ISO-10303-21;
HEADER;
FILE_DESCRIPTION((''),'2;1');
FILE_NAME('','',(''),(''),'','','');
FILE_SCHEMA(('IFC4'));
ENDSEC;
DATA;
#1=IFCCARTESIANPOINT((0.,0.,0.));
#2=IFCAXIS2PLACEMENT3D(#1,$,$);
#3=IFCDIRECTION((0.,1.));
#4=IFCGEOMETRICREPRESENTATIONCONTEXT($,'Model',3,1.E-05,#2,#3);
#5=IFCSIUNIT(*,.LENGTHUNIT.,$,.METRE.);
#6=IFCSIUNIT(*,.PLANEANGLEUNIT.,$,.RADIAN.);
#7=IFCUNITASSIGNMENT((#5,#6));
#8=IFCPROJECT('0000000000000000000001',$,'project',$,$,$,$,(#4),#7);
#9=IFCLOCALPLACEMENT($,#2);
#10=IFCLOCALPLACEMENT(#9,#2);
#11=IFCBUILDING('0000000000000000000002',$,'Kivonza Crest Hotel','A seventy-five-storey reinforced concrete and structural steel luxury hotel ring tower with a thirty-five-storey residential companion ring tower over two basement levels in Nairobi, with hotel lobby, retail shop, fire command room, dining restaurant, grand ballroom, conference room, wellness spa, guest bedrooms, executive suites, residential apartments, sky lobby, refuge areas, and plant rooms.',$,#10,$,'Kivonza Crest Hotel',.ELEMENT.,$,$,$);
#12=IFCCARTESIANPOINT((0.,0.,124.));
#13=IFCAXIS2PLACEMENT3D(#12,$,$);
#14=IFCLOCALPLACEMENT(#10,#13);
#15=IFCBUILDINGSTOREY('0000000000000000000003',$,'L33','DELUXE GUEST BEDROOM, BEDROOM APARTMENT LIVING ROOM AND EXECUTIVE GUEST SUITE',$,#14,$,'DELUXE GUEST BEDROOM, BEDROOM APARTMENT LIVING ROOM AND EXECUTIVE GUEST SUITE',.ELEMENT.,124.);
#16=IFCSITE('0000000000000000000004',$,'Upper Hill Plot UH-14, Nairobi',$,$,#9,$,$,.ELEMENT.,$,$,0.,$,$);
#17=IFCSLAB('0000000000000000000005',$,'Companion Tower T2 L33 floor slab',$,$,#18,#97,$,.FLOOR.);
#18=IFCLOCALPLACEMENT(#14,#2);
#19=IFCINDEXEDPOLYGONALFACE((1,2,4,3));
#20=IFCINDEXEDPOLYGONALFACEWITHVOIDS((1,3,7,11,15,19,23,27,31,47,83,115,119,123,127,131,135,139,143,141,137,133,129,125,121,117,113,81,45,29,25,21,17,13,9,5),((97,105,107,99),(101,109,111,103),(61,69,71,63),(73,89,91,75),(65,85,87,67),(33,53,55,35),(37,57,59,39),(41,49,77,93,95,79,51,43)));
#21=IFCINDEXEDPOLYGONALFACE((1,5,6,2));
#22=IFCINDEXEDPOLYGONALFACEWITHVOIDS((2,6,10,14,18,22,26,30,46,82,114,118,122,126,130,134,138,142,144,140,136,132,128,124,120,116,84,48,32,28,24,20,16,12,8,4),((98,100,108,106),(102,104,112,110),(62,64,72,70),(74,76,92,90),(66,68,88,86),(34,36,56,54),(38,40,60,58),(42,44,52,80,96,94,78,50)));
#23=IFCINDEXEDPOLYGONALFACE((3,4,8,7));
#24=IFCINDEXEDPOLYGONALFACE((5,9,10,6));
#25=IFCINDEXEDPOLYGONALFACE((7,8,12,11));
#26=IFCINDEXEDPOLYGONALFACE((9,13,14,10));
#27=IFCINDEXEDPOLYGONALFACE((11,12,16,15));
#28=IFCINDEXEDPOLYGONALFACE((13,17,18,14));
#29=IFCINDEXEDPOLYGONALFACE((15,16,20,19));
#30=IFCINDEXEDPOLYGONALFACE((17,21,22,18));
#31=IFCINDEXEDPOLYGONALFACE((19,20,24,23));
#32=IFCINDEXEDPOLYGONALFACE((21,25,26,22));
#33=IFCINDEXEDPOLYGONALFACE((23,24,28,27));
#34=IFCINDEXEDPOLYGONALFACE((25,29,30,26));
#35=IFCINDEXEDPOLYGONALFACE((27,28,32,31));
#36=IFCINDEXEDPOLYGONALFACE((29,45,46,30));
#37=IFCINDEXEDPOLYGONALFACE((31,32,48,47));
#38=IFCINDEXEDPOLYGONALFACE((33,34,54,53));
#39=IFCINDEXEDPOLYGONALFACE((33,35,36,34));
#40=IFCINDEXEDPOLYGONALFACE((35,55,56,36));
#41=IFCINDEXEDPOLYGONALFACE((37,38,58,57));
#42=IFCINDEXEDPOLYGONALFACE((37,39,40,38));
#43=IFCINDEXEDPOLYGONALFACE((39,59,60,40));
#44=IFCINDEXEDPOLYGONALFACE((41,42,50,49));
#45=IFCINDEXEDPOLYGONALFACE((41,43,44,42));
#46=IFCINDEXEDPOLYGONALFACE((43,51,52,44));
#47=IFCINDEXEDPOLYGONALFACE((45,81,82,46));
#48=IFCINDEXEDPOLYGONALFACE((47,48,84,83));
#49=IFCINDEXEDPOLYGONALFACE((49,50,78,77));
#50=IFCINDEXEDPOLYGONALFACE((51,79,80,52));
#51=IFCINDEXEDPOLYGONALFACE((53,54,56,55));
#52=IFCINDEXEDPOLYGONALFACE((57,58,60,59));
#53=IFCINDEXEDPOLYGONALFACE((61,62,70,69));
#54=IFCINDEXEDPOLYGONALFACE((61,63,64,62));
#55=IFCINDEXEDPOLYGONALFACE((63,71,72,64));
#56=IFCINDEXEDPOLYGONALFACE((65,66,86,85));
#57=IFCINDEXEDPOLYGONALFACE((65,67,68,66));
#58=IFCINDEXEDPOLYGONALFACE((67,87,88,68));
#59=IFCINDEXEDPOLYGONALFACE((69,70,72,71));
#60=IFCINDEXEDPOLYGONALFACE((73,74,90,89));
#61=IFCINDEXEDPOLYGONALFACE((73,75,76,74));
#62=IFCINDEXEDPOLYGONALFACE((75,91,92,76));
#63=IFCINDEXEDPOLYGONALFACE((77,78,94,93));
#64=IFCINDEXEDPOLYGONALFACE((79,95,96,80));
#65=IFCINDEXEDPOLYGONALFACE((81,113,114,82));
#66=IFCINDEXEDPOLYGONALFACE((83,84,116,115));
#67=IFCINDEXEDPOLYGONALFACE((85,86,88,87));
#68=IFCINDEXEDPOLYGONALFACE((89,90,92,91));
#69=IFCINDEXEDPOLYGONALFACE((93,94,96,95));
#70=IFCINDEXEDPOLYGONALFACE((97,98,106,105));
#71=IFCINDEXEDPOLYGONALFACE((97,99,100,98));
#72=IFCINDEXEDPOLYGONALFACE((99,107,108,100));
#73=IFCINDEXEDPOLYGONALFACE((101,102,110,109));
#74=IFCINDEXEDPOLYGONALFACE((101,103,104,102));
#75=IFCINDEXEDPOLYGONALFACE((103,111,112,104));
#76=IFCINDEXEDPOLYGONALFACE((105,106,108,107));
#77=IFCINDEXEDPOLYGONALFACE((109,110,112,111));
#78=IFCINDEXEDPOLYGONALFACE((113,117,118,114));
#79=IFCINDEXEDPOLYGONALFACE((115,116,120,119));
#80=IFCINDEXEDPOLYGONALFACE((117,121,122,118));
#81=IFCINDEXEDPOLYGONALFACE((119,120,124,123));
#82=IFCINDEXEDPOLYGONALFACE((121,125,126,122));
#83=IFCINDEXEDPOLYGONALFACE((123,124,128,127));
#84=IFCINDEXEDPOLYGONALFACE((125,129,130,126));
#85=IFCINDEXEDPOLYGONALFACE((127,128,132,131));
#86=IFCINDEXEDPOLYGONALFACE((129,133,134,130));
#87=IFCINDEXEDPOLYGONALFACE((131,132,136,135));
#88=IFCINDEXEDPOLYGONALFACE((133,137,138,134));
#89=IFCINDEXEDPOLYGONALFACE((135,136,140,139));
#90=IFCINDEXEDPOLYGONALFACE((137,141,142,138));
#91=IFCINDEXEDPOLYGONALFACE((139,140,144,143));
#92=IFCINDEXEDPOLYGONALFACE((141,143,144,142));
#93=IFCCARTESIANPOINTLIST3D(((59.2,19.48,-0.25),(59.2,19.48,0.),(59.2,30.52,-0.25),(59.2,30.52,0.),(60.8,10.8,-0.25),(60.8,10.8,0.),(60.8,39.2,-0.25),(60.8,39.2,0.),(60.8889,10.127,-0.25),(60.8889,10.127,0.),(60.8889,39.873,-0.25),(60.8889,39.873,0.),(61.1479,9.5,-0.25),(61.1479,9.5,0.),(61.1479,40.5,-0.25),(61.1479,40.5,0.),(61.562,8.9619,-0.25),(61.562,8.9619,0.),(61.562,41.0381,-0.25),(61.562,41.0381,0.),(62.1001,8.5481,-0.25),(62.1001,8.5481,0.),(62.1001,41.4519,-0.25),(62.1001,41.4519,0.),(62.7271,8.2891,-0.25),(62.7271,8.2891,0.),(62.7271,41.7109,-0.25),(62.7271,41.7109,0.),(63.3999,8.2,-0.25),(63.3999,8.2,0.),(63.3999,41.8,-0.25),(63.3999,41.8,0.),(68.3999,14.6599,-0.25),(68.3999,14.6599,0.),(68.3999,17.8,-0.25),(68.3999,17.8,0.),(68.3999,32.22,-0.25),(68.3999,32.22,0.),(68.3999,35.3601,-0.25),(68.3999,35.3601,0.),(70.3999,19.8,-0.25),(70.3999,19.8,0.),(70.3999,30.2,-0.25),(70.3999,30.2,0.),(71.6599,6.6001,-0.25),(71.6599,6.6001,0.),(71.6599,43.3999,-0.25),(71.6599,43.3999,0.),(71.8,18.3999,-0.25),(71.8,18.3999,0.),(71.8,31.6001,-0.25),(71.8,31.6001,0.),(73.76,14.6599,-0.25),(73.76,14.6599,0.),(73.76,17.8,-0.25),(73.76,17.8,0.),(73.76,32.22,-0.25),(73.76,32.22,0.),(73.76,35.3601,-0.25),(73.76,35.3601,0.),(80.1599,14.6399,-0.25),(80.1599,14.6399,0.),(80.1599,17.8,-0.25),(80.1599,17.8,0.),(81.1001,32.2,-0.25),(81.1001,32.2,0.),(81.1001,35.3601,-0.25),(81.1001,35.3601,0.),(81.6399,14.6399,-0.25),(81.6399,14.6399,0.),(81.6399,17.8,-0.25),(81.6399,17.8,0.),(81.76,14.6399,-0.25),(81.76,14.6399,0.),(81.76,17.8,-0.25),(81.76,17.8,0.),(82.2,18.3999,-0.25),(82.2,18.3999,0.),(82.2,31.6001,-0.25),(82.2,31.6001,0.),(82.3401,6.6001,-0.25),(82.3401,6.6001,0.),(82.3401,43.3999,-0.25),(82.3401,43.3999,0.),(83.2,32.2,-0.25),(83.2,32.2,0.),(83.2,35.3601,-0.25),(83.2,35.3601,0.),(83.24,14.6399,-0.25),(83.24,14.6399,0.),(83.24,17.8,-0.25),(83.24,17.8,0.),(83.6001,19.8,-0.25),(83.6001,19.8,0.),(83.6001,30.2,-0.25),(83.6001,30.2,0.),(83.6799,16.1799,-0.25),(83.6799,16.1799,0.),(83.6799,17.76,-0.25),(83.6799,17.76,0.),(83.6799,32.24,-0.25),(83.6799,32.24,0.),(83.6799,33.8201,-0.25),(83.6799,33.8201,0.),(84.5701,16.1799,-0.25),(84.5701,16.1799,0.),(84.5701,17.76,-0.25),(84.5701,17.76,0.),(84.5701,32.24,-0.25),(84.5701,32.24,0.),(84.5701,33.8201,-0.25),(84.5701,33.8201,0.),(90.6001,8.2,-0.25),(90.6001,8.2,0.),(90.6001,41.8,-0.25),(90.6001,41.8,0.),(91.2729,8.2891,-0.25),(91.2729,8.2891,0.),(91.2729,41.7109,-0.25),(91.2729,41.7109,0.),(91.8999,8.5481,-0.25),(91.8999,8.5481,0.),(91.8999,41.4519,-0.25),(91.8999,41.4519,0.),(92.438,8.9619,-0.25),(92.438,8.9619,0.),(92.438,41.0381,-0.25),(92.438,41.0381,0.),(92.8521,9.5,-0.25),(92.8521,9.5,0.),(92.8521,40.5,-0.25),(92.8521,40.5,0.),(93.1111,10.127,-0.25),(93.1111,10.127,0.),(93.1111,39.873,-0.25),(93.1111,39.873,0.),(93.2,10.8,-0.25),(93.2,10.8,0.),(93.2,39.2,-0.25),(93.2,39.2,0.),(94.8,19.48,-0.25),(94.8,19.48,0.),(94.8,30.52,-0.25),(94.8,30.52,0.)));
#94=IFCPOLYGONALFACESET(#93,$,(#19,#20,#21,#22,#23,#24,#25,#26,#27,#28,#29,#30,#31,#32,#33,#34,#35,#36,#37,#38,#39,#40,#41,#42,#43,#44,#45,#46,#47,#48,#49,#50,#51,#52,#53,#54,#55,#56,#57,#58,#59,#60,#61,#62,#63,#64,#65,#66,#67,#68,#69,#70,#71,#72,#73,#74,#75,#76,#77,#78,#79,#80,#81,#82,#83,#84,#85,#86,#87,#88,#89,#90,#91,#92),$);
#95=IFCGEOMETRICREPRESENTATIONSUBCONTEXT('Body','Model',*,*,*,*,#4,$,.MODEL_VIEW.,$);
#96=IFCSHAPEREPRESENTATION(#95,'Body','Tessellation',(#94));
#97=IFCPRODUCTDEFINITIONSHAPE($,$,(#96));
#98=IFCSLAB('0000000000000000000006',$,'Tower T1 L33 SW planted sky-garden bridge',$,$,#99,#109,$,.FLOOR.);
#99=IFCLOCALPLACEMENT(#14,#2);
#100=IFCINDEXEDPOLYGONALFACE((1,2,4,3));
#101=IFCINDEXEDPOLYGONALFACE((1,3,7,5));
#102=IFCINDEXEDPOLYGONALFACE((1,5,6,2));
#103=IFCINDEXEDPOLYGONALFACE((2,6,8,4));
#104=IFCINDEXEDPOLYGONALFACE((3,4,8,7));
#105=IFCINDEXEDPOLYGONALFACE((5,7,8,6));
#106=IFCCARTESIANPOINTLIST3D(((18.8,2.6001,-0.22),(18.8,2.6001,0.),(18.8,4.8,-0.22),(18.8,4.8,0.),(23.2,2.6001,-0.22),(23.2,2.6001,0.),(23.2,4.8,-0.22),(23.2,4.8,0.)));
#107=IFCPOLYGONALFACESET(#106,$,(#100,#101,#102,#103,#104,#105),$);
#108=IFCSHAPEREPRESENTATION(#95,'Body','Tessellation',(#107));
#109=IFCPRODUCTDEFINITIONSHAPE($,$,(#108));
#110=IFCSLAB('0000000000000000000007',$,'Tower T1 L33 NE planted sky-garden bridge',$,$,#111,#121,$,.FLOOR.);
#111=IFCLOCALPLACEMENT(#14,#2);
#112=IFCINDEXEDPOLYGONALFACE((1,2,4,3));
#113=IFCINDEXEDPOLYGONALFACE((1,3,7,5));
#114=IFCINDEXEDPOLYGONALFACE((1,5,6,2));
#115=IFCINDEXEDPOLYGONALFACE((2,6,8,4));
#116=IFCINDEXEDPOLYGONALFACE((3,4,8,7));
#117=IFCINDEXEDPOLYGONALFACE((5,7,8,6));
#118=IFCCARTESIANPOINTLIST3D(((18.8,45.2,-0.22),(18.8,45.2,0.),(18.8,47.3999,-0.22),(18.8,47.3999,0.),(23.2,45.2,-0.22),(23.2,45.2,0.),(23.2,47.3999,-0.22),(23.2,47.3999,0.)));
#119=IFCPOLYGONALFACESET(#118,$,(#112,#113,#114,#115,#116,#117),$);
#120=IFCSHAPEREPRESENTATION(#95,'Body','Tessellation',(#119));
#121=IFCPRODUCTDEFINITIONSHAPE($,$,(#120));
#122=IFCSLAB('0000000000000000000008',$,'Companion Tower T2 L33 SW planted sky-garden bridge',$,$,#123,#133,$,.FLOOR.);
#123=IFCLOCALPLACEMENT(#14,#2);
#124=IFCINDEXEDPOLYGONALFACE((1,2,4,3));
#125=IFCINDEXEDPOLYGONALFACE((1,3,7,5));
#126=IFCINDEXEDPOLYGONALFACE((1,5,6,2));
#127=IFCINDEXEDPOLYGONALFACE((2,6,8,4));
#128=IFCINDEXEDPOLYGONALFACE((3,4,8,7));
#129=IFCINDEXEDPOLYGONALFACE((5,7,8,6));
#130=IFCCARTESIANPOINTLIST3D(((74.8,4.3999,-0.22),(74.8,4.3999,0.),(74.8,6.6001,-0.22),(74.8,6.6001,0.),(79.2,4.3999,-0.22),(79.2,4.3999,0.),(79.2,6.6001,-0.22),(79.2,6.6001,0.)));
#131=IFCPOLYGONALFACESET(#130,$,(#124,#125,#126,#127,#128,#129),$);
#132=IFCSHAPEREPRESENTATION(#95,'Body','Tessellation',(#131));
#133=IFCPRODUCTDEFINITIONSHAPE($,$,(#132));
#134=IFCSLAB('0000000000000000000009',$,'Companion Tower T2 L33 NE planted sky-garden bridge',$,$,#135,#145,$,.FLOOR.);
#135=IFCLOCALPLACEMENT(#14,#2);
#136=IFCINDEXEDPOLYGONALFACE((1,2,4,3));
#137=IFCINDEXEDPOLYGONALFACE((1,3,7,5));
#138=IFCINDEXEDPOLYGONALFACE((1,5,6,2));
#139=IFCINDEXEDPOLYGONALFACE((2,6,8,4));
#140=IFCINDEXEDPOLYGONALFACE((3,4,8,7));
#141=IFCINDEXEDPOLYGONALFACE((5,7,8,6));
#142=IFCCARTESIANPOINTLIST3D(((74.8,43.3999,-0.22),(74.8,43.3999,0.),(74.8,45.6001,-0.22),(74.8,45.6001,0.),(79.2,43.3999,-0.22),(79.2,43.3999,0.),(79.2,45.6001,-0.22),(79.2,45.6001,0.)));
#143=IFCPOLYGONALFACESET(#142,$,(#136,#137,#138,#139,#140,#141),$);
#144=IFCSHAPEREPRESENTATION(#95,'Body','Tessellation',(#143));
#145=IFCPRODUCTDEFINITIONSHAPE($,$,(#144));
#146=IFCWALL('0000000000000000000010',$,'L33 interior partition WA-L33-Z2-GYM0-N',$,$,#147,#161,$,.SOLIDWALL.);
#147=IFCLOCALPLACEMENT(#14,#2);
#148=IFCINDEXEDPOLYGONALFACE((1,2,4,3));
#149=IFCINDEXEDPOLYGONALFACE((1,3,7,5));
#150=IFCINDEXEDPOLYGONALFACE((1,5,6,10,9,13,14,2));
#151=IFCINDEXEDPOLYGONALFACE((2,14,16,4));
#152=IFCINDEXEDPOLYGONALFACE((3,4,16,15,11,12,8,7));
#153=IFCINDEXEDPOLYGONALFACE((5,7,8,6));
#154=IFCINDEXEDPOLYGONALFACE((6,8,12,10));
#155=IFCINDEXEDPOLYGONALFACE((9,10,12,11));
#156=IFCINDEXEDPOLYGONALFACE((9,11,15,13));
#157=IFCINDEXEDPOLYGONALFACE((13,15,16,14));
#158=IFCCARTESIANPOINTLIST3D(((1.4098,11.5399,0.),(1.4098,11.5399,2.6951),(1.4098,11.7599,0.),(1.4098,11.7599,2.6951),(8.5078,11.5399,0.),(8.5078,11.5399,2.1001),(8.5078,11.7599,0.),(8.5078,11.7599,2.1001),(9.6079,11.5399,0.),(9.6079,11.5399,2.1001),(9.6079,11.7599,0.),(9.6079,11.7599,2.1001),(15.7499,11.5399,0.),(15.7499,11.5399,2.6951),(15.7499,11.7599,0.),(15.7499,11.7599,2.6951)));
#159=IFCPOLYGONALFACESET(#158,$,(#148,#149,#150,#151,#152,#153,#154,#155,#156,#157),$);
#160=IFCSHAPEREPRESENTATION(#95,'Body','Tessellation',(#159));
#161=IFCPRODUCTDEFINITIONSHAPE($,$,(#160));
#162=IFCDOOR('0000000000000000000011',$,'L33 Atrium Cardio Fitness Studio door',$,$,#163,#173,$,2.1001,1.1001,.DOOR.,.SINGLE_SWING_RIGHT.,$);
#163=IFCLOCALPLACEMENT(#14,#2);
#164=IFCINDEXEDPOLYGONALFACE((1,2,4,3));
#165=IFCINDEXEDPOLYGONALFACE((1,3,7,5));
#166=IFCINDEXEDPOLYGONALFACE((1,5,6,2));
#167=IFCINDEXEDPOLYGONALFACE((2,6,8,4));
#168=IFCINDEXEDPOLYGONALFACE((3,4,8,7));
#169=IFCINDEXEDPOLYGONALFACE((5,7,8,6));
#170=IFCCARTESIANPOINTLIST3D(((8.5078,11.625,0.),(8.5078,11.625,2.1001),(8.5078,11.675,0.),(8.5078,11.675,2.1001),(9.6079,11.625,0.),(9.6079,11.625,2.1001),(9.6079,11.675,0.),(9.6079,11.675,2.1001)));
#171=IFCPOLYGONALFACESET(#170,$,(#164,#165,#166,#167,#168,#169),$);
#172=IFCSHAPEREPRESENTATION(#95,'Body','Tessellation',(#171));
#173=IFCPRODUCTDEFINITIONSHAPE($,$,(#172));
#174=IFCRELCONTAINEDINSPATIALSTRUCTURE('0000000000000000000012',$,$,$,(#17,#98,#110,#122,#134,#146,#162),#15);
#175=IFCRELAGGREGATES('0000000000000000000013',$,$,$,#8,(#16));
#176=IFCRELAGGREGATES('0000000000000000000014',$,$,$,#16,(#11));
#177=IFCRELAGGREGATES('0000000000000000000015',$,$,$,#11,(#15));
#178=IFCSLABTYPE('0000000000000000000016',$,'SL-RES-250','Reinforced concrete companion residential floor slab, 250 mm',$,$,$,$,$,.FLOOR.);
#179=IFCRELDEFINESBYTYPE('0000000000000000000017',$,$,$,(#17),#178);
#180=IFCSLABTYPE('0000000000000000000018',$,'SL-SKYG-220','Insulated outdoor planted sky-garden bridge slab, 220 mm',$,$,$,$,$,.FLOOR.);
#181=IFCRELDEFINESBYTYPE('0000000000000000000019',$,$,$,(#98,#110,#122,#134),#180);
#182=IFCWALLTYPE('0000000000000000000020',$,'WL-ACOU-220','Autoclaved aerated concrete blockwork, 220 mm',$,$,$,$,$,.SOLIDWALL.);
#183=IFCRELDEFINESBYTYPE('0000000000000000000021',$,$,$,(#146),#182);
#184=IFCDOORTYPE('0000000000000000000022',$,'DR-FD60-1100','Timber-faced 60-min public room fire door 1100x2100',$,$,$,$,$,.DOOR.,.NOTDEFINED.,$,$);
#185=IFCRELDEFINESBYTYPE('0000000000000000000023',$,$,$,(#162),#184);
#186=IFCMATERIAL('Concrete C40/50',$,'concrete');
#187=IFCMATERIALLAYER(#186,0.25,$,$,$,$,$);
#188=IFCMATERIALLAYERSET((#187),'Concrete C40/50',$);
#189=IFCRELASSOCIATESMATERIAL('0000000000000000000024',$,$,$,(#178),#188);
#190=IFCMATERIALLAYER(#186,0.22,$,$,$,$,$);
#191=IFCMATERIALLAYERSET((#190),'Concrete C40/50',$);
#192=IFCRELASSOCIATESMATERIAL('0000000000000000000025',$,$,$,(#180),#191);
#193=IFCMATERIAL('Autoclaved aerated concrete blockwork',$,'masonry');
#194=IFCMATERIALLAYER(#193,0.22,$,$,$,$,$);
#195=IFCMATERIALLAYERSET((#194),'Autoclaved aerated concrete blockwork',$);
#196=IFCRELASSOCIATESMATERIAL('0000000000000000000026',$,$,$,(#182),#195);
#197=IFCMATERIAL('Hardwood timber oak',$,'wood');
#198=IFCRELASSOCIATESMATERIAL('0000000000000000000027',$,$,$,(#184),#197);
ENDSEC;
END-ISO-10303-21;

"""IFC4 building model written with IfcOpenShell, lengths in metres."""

from ifc_helpers import new_model, si_unit, direction, frame, frame_2d, origin, place, context, subcontext, project, spatial, polyline, rectangle, outline, extrude, material, layer, layer_set, type_object, element, fill, save


model = new_model("IFC4")

# Units and contexts
model_context = context("Model", 3, precision=1e-05, world=origin(), true_north=direction((0.0, 1.0)))
body_context = subcontext(model_context, "Body", "Model", "MODEL_VIEW")
ifc_project = project(units=[si_unit("LENGTHUNIT", "METRE"), si_unit("PLANEANGLEUNIT", "RADIAN")], contexts=[model_context])

# Site, building, storey
site_placement = place(None, origin())
site = spatial("IfcSite", under=ifc_project, at=site_placement, Name="Upper Hill Plot UH-14, Nairobi", CompositionType="ELEMENT", RefElevation=0.0)
building_placement = place(site_placement, origin())
building = spatial("IfcBuilding", under=site, at=building_placement, Name="Kivonza Crest Hotel", Description="A seventy-five-storey reinforced concrete and structural steel luxury hotel ring tower with a thirty-five-storey residential companion ring tower over two basement levels in Nairobi, with hotel lobby, retail shop, fire command room, dining restaurant, grand ballroom, conference room, wellness spa, guest bedrooms, executive suites, residential apartments, sky lobby, refuge areas, and plant rooms.", LongName="Kivonza Crest Hotel", CompositionType="ELEMENT")
storey_placement = place(building_placement, frame((0.0, 0.0, 124.0)))
storey = spatial("IfcBuildingStorey", under=building, at=storey_placement, Name="L33", Description="DELUXE GUEST BEDROOM, BEDROOM APARTMENT LIVING ROOM AND EXECUTIVE GUEST SUITE", LongName="DELUXE GUEST BEDROOM, BEDROOM APARTMENT LIVING ROOM AND EXECUTIVE GUEST SUITE", CompositionType="ELEMENT", Elevation=124.0)

# Shared definitions
ifc_material_1 = material(Name="Concrete C40/50", Category="concrete")

# Slabs
ifc_layer_1 = layer(ifc_material_1, 0.25)
ifc_layer_set_1 = layer_set([ifc_layer_1], Name="Concrete C40/50")
slab_type_1 = type_object("IfcSlabType", Name="SL-RES-250", Description="Reinforced concrete companion residential floor slab, 250 mm", PredefinedType="FLOOR", material=ifc_layer_set_1)
slab_1_placement = place(storey_placement, frame((0.0, 0.0, -0.25)))
element("IfcSlab", 1, at=slab_1_placement, inside=storey, type_object=slab_type_1, Name="Companion Tower T2 L33 floor slab", PredefinedType="FLOOR", context=body_context, shape_type="SweptSolid", body=[
    extrude(outline(polyline([(60.8, 10.8), (60.8889, 10.127), (61.1479, 9.5), (61.562, 8.9619), (62.1001, 8.5481), (62.7271, 8.2891), (63.3999, 8.2), (71.6599, 6.6001), (82.3401, 6.6001), (90.6001, 8.2), (91.2729, 8.2891), (91.8999, 8.5481), (92.438, 8.9619), (92.8521, 9.5), (93.1111, 10.127), (93.2, 10.8), (94.8, 19.48), (94.8, 30.52), (93.2, 39.2), (93.1111, 39.873), (92.8521, 40.5), (92.438, 41.0381), (91.8999, 41.4519), (91.2729, 41.7109), (90.6001, 41.8), (82.3401, 43.3999), (71.6599, 43.3999), (63.3999, 41.8), (62.7271, 41.7109), (62.1001, 41.4519), (61.562, 41.0381), (61.1479, 40.5), (60.8889, 39.873), (60.8, 39.2), (59.2, 30.52), (59.2, 19.48), (60.8, 10.8)]), holes=[polyline([(71.8, 18.3999), (82.2, 18.3999), (83.6001, 19.8), (83.6001, 30.2), (82.2, 31.6001), (71.8, 31.6001), (70.3999, 30.2), (70.3999, 19.8), (71.8, 18.3999)]), polyline([(68.3999, 32.22), (73.76, 32.22), (73.76, 35.3601), (68.3999, 35.3601), (68.3999, 32.22)]), polyline([(68.3999, 14.6599), (73.76, 14.6599), (73.76, 17.8), (68.3999, 17.8), (68.3999, 14.6599)]), polyline([(83.6799, 32.24), (84.5701, 32.24), (84.5701, 33.8201), (83.6799, 33.8201), (83.6799, 32.24)]), polyline([(83.6799, 16.1799), (84.5701, 16.1799), (84.5701, 17.76), (83.6799, 17.76), (83.6799, 16.1799)]), polyline([(81.1001, 32.2), (83.2, 32.2), (83.2, 35.3601), (81.1001, 35.3601), (81.1001, 32.2)]), polyline([(80.1599, 14.6399), (81.6399, 14.6399), (81.6399, 17.8), (80.1599, 17.8), (80.1599, 14.6399)]), polyline([(81.76, 14.6399), (83.24, 14.6399), (83.24, 17.8), (81.76, 17.8), (81.76, 14.6399)])]), origin(), (0.0, 0.0, 1.0), 0.25),
])
ifc_layer_2 = layer(ifc_material_1, 0.22)
ifc_layer_set_2 = layer_set([ifc_layer_2], Name="Concrete C40/50")
slab_type_2 = type_object("IfcSlabType", Name="SL-SKYG-220", Description="Insulated outdoor planted sky-garden bridge slab, 220 mm", PredefinedType="FLOOR", material=ifc_layer_set_2)
slab_2_placement = place(storey_placement, frame((0.0, 0.0, -0.22)))
element("IfcSlab", 2, at=slab_2_placement, inside=storey, type_object=slab_type_2, Name="Tower T1 L33 SW planted sky-garden bridge", PredefinedType="FLOOR", context=body_context, shape_type="SweptSolid", body=[
    extrude(outline(polyline([(18.8, 2.6001), (23.2, 2.6001), (23.2, 4.8), (18.8, 4.8), (18.8, 2.6001)])), origin(), (0.0, 0.0, 1.0), 0.22),
])
slab_3_placement = place(storey_placement, frame((0.0, 0.0, -0.22)))
element("IfcSlab", 3, at=slab_3_placement, inside=storey, type_object=slab_type_2, Name="Tower T1 L33 NE planted sky-garden bridge", PredefinedType="FLOOR", context=body_context, shape_type="SweptSolid", body=[
    extrude(outline(polyline([(18.8, 45.2), (23.2, 45.2), (23.2, 47.3999), (18.8, 47.3999), (18.8, 45.2)])), origin(), (0.0, 0.0, 1.0), 0.22),
])
slab_4_placement = place(storey_placement, frame((0.0, 0.0, -0.22)))
element("IfcSlab", 4, at=slab_4_placement, inside=storey, type_object=slab_type_2, Name="Companion Tower T2 L33 SW planted sky-garden bridge", PredefinedType="FLOOR", context=body_context, shape_type="SweptSolid", body=[
    extrude(outline(polyline([(74.8, 4.3999), (79.2, 4.3999), (79.2, 6.6001), (74.8, 6.6001), (74.8, 4.3999)])), origin(), (0.0, 0.0, 1.0), 0.22),
])
slab_5_placement = place(storey_placement, frame((0.0, 0.0, -0.22)))
element("IfcSlab", 5, at=slab_5_placement, inside=storey, type_object=slab_type_2, Name="Companion Tower T2 L33 NE planted sky-garden bridge", PredefinedType="FLOOR", context=body_context, shape_type="SweptSolid", body=[
    extrude(outline(polyline([(74.8, 43.3999), (79.2, 43.3999), (79.2, 45.6001), (74.8, 45.6001), (74.8, 43.3999)])), origin(), (0.0, 0.0, 1.0), 0.22),
])

# Wall, opening, door
ifc_material_2 = material(Name="Autoclaved aerated concrete blockwork", Category="masonry")
ifc_layer_3 = layer(ifc_material_2, 0.22)
ifc_layer_set_3 = layer_set([ifc_layer_3], Name="Autoclaved aerated concrete blockwork")
wall_type_1 = type_object("IfcWallType", Name="WL-ACOU-220", Description="Autoclaved aerated concrete blockwork, 220 mm", PredefinedType="SOLIDWALL", material=ifc_layer_set_3)
wall_1_placement = place(storey_placement, frame((1.4099, 11.6499, 0.0), z_axis=(0.0, 0.0, 1.0), x_axis=(1.0, 0.0, 0.0)))
wall_1 = element("IfcWall", 6, at=wall_1_placement, inside=storey, type_object=wall_type_1, Name="L33 interior partition WA-L33-Z2-GYM0-N", PredefinedType="SOLIDWALL", context=body_context, shape_type="SweptSolid", body=[
    extrude(rectangle(XDim=14.3401, YDim=0.22, at=frame_2d((7.1699, 0.0))), origin(), (0.0, 0.0, 1.0), 2.6951),
])
opening_placement = place(wall_1_placement, frame((7.0979, 0.0, 0.0)))
opening = element("IfcOpeningElement", 7, at=opening_placement, cuts=wall_1, PredefinedType="OPENING", context=body_context, shape_type="SweptSolid", body=[
    extrude(rectangle(XDim=1.1001, YDim=2.1001, at=frame_2d((0.55, 1.05))), frame((0.0, 0.1201, 0.0), z_axis=(0.0, -1.0, 0.0), x_axis=(1.0, 0.0, 0.0)), (0.0, 0.0, 1.0), 0.24),
])
ifc_material_3 = material(Name="Hardwood timber oak", Category="wood")
door_type = type_object("IfcDoorType", Name="DR-FD60-1100", Description="Timber-faced 60-min public room fire door 1100x2100", OperationType="NOTDEFINED", PredefinedType="DOOR", material=ifc_material_3)
door_placement = place(opening_placement, frame((1.1001, 0.0, 0.0), z_axis=(0.0, 0.0, 1.0), x_axis=(-1.0, 0.0, 0.0)))
door = element("IfcDoor", 8, at=door_placement, inside=storey, type_object=door_type, Name="L33 Atrium Cardio Fitness Studio door", OperationType="SINGLE_SWING_RIGHT", OverallHeight=2.1001, OverallWidth=1.1001, PredefinedType="DOOR", context=body_context, shape_type="SweptSolid", body=[
    extrude(rectangle(XDim=1.1001, YDim=2.1001, at=frame_2d((0.55, 1.05))), frame((0.0, 0.0249, 0.0), z_axis=(0.0, -1.0, 0.0), x_axis=(1.0, 0.0, 0.0)), (0.0, 0.0, 1.0), 0.05),
])
fill(opening, door)

save(model, "model.ifc")
